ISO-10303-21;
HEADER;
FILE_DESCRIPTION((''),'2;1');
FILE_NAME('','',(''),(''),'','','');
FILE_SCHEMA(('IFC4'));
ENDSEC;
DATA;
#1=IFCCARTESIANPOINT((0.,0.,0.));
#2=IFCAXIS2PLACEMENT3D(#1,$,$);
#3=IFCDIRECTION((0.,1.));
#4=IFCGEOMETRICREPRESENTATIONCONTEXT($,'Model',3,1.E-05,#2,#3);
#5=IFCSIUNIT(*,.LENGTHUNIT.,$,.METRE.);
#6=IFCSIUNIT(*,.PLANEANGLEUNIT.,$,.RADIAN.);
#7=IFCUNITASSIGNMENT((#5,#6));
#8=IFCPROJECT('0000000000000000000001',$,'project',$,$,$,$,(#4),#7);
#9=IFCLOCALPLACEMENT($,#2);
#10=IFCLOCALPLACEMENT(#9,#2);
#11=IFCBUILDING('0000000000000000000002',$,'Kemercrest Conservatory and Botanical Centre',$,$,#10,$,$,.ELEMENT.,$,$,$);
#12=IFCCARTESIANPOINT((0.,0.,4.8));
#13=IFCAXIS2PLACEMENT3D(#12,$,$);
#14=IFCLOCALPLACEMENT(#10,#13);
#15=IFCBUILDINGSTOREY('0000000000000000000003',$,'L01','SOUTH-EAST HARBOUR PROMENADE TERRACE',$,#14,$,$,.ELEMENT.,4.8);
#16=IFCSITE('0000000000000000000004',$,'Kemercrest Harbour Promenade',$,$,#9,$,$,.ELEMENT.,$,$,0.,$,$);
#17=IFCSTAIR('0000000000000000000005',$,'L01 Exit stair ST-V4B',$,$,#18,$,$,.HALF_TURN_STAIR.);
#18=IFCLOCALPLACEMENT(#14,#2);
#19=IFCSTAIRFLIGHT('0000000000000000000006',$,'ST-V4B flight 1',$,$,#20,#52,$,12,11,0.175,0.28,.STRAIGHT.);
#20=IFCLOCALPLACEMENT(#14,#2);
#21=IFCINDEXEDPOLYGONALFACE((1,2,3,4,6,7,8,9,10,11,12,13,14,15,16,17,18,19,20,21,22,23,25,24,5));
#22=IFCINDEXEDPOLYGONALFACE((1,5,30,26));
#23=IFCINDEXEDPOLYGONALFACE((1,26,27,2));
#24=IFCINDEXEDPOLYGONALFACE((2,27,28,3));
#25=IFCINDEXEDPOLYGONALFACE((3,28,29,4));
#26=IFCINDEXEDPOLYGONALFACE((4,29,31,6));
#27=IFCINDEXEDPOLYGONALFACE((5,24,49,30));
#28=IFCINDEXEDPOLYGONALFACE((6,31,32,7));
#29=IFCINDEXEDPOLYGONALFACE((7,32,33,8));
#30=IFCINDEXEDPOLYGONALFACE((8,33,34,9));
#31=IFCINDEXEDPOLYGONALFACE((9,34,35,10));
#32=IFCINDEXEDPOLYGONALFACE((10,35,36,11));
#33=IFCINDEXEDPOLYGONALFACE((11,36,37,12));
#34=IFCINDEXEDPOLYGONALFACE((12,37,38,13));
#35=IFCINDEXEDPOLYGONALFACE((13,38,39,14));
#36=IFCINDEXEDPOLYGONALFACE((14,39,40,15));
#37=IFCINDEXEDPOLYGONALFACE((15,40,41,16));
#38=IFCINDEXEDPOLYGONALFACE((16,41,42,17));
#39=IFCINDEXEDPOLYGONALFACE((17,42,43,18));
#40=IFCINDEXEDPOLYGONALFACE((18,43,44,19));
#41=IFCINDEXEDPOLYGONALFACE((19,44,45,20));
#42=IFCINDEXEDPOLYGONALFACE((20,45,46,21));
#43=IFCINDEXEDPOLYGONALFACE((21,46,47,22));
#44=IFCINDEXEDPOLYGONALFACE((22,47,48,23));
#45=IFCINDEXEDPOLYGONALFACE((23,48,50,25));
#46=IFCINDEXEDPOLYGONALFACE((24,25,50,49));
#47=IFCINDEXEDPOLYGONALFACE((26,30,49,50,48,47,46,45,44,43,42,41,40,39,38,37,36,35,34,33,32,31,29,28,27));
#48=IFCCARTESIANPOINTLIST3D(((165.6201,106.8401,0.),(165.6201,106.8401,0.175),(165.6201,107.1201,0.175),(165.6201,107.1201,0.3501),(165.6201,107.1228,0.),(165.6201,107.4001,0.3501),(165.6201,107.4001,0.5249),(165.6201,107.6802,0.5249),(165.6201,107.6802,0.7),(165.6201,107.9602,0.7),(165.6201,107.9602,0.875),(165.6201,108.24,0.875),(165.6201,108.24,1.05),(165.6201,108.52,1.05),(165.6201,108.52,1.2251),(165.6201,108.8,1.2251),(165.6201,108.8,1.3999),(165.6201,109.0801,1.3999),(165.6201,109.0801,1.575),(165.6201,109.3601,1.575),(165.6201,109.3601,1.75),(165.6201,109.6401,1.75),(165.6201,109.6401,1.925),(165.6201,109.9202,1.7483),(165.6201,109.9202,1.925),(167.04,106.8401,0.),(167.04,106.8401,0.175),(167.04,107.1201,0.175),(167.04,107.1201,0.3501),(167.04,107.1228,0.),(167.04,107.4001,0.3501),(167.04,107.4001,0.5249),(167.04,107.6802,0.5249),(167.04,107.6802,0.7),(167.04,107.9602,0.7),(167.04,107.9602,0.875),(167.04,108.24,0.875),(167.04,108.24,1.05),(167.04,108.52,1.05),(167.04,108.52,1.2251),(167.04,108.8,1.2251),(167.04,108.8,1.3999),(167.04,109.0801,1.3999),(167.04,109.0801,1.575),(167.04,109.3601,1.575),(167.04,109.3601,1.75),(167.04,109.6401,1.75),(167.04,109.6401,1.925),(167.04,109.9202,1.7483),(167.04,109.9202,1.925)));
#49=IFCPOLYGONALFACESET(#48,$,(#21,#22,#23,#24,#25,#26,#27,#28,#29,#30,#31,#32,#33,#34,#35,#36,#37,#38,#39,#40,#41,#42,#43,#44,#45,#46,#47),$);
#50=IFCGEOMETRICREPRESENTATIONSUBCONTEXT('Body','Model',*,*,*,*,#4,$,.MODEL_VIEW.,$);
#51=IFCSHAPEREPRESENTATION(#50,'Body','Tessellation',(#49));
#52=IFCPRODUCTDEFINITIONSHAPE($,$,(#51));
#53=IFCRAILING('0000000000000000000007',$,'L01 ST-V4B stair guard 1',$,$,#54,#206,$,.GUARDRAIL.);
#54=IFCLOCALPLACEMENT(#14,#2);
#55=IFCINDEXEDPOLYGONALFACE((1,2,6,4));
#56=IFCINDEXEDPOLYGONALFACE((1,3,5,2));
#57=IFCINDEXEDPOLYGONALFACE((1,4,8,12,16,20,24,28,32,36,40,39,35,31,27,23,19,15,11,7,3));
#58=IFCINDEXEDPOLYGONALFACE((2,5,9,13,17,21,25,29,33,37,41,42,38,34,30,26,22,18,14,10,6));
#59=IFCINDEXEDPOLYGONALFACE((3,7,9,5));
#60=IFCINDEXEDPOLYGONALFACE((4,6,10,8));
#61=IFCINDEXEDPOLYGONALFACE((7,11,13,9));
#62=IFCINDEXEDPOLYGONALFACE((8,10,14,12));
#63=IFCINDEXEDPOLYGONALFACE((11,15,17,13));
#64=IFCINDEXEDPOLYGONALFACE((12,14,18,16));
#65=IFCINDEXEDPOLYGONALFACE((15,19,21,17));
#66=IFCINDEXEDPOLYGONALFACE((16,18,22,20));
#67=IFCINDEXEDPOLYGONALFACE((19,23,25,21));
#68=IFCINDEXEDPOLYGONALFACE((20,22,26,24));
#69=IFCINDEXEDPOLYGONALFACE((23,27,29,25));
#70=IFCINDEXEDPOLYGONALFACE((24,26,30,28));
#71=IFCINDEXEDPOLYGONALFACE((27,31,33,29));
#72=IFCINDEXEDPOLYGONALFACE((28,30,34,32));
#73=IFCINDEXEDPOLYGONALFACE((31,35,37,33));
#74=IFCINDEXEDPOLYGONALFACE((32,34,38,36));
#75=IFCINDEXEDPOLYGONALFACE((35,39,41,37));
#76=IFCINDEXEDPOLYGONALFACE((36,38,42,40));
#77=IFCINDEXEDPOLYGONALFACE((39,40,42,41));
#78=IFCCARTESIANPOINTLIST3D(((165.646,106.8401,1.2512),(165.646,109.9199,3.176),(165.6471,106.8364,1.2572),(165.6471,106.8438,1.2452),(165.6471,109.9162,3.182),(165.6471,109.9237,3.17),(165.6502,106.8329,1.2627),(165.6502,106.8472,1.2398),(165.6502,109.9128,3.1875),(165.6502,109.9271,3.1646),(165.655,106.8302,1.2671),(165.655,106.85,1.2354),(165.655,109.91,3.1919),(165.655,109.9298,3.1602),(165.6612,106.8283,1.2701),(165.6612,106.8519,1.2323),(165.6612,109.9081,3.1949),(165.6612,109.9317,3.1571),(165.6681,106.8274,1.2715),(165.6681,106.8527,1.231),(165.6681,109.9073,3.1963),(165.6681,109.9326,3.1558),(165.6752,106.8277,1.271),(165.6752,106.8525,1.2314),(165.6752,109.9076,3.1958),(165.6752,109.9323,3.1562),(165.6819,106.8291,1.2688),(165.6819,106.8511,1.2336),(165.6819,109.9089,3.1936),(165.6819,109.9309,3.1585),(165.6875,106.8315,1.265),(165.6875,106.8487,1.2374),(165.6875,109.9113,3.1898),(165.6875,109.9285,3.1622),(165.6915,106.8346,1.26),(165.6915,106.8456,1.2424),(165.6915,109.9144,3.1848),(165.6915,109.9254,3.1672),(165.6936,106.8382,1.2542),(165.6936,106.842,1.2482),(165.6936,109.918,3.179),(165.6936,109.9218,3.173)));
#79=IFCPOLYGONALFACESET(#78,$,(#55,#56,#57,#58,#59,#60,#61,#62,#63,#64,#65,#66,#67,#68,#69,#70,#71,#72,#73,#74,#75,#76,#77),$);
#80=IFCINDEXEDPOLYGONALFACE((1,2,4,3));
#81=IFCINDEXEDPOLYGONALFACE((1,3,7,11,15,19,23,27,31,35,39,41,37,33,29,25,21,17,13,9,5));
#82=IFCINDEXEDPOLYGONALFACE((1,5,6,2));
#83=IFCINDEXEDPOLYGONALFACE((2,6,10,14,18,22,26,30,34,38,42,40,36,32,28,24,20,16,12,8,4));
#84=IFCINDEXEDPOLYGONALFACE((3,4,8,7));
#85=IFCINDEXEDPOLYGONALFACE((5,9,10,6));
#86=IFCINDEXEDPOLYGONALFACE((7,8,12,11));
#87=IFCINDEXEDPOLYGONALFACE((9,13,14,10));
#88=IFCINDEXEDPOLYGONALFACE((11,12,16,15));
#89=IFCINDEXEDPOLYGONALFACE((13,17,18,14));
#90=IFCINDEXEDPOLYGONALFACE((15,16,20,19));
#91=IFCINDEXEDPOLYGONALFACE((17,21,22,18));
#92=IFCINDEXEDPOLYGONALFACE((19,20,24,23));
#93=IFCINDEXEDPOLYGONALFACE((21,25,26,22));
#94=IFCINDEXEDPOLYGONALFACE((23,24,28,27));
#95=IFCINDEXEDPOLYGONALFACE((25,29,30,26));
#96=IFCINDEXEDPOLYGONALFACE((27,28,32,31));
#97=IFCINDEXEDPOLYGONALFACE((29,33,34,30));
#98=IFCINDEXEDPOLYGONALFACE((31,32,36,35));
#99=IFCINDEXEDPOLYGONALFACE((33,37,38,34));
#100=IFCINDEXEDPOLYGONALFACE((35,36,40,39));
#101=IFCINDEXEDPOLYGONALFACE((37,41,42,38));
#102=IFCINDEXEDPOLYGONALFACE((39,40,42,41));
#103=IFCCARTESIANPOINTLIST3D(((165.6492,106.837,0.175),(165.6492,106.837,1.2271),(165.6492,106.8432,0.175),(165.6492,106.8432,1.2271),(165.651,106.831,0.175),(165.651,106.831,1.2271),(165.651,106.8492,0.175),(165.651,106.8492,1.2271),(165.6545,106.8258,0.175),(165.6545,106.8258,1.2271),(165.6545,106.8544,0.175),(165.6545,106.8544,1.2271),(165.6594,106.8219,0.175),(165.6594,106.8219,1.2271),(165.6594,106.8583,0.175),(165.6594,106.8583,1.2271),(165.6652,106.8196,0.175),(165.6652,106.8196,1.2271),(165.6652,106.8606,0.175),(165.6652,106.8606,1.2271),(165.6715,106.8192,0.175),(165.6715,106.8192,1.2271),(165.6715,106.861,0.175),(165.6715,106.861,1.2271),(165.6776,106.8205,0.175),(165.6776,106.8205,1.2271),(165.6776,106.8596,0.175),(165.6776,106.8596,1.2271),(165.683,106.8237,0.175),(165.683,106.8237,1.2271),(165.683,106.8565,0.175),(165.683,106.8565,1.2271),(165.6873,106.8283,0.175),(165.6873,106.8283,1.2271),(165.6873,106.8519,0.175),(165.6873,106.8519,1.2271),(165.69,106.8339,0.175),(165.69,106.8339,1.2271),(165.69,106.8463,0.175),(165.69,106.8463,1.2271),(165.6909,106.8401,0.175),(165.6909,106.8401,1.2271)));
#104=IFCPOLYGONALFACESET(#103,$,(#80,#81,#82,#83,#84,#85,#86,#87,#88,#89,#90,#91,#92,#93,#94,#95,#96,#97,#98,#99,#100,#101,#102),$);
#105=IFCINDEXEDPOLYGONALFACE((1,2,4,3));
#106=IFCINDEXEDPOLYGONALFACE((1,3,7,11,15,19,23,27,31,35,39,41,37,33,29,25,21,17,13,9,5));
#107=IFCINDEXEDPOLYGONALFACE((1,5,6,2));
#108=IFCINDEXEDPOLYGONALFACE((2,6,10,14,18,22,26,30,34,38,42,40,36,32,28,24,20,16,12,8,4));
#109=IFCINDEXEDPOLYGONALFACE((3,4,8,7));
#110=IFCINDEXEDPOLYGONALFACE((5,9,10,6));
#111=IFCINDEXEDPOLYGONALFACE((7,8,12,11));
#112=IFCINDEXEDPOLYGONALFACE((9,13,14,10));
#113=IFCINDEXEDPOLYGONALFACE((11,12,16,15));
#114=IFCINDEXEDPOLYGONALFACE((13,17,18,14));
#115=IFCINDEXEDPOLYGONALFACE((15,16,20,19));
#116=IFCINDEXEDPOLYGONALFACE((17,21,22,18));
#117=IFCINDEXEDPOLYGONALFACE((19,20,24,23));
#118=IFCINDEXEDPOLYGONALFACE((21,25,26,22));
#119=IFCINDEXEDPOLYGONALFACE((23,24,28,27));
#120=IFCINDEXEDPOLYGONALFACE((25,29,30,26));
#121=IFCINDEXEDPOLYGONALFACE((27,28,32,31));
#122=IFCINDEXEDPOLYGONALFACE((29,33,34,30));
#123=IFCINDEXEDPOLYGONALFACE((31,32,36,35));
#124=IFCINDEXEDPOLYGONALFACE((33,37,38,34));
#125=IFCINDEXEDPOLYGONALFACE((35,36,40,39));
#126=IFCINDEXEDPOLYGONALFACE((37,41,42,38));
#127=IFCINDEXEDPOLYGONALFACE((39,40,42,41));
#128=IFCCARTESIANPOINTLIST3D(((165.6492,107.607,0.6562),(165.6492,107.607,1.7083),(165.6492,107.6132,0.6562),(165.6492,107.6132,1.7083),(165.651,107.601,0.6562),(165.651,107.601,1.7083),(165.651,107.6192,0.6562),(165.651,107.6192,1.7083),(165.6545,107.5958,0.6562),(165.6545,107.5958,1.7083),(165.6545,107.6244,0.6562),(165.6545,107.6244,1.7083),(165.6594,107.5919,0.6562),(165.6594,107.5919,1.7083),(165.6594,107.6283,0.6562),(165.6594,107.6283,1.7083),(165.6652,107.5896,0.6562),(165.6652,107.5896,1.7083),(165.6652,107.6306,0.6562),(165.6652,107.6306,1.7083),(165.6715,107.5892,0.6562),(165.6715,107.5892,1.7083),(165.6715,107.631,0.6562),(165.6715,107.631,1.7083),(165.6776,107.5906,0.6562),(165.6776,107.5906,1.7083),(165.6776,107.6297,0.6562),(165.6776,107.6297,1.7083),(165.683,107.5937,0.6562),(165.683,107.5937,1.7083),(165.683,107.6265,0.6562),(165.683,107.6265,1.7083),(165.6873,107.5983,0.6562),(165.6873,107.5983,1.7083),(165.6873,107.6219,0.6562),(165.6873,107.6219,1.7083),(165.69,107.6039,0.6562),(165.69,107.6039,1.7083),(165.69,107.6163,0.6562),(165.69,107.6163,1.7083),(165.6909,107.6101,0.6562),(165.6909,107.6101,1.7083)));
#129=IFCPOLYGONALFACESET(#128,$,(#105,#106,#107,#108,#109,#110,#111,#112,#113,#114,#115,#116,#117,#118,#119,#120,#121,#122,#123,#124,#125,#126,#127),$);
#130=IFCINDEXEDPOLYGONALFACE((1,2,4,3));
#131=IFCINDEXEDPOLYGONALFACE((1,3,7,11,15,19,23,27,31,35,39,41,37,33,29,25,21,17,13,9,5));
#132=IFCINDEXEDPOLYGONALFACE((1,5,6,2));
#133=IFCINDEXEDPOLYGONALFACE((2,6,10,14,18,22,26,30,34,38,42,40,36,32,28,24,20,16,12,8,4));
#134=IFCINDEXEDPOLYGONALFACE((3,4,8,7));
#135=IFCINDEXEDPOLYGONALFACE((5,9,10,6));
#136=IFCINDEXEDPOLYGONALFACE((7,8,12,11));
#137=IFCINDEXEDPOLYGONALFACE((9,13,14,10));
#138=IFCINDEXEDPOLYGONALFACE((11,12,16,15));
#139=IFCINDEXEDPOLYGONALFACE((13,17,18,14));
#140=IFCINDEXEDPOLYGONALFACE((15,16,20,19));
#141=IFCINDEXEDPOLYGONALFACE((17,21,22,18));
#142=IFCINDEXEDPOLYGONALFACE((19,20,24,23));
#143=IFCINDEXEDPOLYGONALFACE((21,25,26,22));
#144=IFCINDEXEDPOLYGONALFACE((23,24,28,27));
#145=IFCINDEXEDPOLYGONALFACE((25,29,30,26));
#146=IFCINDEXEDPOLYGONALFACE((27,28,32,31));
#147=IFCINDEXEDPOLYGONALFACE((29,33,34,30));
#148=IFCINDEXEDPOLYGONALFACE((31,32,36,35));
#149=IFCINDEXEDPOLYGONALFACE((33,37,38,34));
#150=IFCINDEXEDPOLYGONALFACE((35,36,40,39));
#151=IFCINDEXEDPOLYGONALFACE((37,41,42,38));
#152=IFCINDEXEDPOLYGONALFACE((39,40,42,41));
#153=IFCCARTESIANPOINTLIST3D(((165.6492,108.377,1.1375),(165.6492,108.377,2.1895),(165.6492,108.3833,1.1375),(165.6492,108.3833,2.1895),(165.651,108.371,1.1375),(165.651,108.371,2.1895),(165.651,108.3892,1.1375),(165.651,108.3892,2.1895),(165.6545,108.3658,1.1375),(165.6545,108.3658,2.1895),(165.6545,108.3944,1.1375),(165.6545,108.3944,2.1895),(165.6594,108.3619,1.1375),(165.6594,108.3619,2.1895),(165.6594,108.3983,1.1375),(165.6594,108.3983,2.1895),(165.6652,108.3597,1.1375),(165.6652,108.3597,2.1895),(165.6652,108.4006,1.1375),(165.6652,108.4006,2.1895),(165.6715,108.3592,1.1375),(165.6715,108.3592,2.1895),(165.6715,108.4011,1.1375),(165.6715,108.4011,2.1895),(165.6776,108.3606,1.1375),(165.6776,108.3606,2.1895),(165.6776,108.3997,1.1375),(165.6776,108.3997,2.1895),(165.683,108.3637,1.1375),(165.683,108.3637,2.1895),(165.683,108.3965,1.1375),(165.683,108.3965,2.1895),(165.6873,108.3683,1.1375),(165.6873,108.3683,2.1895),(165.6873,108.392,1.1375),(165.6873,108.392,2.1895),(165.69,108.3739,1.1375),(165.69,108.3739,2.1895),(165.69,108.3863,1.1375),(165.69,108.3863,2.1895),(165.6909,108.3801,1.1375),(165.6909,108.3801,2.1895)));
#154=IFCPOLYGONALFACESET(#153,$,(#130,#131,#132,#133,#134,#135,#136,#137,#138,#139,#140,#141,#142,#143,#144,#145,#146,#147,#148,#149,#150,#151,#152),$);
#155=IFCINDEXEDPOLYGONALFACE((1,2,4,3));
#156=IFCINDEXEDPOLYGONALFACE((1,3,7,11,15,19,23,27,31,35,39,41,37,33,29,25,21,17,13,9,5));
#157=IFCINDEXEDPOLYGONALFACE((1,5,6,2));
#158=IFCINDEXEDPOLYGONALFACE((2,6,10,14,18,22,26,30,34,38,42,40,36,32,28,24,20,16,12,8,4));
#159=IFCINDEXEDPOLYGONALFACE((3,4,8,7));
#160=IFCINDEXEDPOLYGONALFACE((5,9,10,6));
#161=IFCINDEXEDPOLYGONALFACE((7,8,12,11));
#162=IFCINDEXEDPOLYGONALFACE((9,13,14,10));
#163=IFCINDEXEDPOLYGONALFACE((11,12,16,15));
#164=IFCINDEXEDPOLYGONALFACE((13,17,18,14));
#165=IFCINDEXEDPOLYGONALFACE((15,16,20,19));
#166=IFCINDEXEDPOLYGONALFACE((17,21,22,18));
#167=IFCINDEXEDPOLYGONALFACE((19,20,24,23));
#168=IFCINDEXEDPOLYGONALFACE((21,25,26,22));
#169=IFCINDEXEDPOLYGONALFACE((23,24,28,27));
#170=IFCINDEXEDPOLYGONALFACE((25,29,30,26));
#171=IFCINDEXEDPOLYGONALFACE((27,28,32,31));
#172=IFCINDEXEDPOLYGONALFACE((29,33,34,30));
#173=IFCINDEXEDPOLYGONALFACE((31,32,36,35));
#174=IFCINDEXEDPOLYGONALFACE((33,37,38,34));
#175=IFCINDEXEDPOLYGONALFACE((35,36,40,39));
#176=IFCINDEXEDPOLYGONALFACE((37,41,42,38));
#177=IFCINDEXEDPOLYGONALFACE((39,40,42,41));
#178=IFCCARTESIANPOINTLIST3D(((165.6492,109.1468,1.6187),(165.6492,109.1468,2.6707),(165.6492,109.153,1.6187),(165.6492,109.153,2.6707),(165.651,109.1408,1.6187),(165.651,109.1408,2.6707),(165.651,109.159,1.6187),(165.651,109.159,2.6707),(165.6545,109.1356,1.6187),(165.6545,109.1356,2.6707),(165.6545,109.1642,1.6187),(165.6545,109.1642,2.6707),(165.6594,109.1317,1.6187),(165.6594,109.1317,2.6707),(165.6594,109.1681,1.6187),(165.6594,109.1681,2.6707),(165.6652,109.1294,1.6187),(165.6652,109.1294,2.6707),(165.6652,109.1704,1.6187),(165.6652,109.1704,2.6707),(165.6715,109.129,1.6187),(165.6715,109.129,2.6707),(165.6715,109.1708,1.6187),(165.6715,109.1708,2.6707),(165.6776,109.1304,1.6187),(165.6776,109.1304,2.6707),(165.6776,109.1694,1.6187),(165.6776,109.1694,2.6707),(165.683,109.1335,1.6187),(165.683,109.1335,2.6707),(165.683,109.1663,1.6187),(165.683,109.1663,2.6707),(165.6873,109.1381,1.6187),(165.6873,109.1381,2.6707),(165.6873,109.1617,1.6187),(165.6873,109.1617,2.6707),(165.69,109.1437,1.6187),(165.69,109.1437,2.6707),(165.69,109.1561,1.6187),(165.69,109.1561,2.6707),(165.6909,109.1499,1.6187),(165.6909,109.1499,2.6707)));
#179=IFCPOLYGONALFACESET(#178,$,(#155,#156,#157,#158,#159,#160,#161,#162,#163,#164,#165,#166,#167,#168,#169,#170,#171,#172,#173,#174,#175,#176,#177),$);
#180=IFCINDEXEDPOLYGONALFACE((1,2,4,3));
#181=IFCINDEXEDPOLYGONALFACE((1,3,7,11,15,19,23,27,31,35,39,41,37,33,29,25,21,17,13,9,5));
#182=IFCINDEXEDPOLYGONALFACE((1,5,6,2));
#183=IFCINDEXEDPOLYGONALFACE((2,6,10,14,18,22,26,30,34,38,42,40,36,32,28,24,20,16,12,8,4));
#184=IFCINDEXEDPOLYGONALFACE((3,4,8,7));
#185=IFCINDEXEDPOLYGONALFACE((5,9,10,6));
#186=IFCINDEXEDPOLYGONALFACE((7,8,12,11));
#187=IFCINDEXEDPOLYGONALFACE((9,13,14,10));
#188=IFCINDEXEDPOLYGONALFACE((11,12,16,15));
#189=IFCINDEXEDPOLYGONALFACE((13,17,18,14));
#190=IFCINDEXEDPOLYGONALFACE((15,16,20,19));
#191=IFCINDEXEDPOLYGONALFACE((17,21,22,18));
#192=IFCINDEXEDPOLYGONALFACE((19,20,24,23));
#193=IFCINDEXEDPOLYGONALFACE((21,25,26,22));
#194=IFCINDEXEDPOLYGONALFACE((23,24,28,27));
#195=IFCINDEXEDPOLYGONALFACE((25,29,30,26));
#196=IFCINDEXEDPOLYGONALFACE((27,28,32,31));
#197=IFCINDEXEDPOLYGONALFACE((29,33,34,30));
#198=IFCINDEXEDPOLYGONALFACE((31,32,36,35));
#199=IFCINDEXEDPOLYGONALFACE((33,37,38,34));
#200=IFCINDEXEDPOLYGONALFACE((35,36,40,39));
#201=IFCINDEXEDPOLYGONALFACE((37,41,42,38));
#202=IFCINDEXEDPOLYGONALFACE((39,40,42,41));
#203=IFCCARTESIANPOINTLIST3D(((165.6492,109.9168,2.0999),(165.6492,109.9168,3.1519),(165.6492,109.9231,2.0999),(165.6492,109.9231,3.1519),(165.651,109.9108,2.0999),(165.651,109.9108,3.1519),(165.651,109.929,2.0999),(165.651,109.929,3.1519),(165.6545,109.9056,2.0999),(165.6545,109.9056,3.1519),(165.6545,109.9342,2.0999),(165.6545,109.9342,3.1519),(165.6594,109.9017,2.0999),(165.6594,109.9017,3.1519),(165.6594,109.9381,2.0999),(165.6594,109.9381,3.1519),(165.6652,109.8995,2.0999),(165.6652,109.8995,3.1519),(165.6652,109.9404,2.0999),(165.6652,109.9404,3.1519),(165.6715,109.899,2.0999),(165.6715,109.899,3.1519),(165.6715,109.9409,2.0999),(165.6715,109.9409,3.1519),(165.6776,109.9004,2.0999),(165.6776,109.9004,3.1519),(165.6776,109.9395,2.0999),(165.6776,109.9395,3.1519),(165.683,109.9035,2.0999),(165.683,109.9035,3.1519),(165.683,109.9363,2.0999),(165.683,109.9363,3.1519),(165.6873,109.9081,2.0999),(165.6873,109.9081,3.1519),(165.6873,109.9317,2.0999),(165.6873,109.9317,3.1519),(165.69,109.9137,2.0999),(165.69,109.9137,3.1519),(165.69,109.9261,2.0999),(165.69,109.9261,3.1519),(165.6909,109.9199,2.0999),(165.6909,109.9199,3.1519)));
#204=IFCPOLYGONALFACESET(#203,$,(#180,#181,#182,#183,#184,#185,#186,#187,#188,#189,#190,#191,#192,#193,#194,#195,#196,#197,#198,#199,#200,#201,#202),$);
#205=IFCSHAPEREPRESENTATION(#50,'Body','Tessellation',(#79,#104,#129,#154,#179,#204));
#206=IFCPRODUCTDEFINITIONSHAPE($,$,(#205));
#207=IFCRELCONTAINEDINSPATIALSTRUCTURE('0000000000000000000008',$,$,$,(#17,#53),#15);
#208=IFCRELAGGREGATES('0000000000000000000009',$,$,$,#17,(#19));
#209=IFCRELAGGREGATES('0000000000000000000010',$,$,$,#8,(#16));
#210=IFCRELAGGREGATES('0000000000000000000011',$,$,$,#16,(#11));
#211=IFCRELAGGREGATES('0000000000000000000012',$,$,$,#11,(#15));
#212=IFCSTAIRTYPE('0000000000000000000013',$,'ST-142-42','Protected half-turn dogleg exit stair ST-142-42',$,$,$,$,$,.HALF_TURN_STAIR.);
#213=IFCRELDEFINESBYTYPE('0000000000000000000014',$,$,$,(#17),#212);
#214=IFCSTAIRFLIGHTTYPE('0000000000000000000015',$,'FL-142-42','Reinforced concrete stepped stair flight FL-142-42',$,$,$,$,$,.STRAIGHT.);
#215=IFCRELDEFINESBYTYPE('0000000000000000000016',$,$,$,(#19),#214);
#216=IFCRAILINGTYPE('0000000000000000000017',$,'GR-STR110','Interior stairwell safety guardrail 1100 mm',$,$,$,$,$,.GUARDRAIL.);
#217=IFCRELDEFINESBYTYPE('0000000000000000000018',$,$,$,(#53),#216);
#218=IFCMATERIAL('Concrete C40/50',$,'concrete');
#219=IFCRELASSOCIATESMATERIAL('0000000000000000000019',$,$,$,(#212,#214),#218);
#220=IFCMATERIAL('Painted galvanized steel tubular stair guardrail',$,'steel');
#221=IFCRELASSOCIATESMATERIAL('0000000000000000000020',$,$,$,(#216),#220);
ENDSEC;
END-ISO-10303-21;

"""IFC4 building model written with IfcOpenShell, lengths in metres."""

from ifc_helpers import new_model, si_unit, direction, frame, origin, origin_2d, place, context, subcontext, project, spatial, polyline, circle, outline, extrude, material, type_object, element, aggregate, save


model = new_model("IFC4")

# Units and contexts
model_context = context("Model", 3, precision=1e-05, world=origin(), true_north=direction((0.0, 1.0)))
body_context = subcontext(model_context, "Body", "Model", "MODEL_VIEW")
ifc_project = project(units=[si_unit("LENGTHUNIT", "METRE"), si_unit("PLANEANGLEUNIT", "RADIAN")], contexts=[model_context])

# Site, building, storey
site_placement = place(None, origin())
site = spatial("IfcSite", under=ifc_project, at=site_placement, Name="Kemercrest Harbour Promenade", CompositionType="ELEMENT", RefElevation=0.0)
building_placement = place(site_placement, origin())
building = spatial("IfcBuilding", under=site, at=building_placement, Name="Kemercrest Conservatory and Botanical Centre", CompositionType="ELEMENT")
storey_placement = place(building_placement, frame((0.0, 0.0, 4.8)))
storey = spatial("IfcBuildingStorey", under=building, at=storey_placement, Name="L01", Description="SOUTH-EAST HARBOUR PROMENADE TERRACE", CompositionType="ELEMENT", Elevation=4.8)

# Shared definitions
ifc_material_1 = material(Name="Concrete C40/50", Category="concrete")

# Stair, stair flight
stair_type = type_object("IfcStairType", Name="ST-142-42", Description="Protected half-turn dogleg exit stair ST-142-42", PredefinedType="HALF_TURN_STAIR", material=ifc_material_1)
stair_placement = place(storey_placement, origin())
stair = element("IfcStair", 1, at=stair_placement, inside=storey, type_object=stair_type, Name="L01 Exit stair ST-V4B", PredefinedType="HALF_TURN_STAIR")
stair_flight_type = type_object("IfcStairFlightType", Name="FL-142-42", Description="Reinforced concrete stepped stair flight FL-142-42", PredefinedType="STRAIGHT", material=ifc_material_1)
stair_flight_placement = place(storey_placement, frame((166.3301, 106.8401, 0.0), z_axis=(0.0, 0.0, 1.0), x_axis=(0.0, 1.0, 0.0)))
stair_flight = element("IfcStairFlight", 2, at=stair_flight_placement, type_object=stair_flight_type, Name="ST-V4B flight 1", NumberOfRisers=12, NumberOfTreads=11, PredefinedType="STRAIGHT", RiserHeight=0.175, TreadLength=0.28, context=body_context, shape_type="SweptSolid", body=[
    extrude(outline(polyline([(0.0, 0.0), (0.0, 0.175), (0.28, 0.175), (0.28, 0.3501), (0.5601, 0.3501), (0.5601, 0.5249), (0.8401, 0.5249), (0.8401, 0.7), (1.1201, 0.7), (1.1201, 0.875), (1.3999, 0.875), (1.3999, 1.05), (1.6799, 1.05), (1.6799, 1.2251), (1.96, 1.2251), (1.96, 1.3999), (2.24, 1.3999), (2.24, 1.575), (2.52, 1.575), (2.52, 1.75), (2.8, 1.75), (2.8, 1.925), (3.0801, 1.925), (3.0801, 2.1001), (3.0801, 1.7483), (0.2827, 0.0), (0.0, 0.0)])), frame((0.0, 0.71, 0.0), z_axis=(0.0, -1.0, 0.0), x_axis=(1.0, 0.0, 0.0)), (0.0, 0.0, 1.0), 1.4199),
])
aggregate(stair, [stair_flight])

# Railing
ifc_material_2 = material(Name="Painted galvanized steel tubular stair guardrail", Category="steel")
railing_type_1 = type_object("IfcRailingType", Name="GR-STR110", Description="Interior stairwell safety guardrail 1100 mm", PredefinedType="GUARDRAIL", material=ifc_material_2)
railing_1_placement = place(storey_placement, frame((165.6699, 106.8401, 0.175)))
element("IfcRailing", 3, at=railing_1_placement, inside=storey, type_object=railing_type_1, Name="L01 ST-V4B stair guard 1", PredefinedType="GUARDRAIL", context=body_context, shape_type="SweptSolid", body=[
    extrude(circle(Radius=0.0239, at=origin_2d()), frame((0.0, 0.0, 1.0762), z_axis=(0.0, 0.84801, 0.529981), x_axis=(-1.0, 0.0, 0.0)), (0.0, 0.0, 1.0), 3.6318),
    extrude(circle(Radius=0.021, at=origin_2d()), origin(), (0.0, 0.0, 1.0), 1.052),
    extrude(circle(Radius=0.021, at=origin_2d()), frame((0.0, 0.77, 0.4812)), (0.0, 0.0, 1.0), 1.052),
    extrude(circle(Radius=0.021, at=origin_2d()), frame((0.0, 1.54, 0.9624)), (0.0, 0.0, 1.0), 1.052),
    extrude(circle(Radius=0.021, at=origin_2d()), frame((0.0, 2.3098, 1.4436)), (0.0, 0.0, 1.0), 1.052),
    extrude(circle(Radius=0.021, at=origin_2d()), frame((0.0, 3.0798, 1.9248)), (0.0, 0.0, 1.0), 1.052),
])

save(model, "model.ifc")
